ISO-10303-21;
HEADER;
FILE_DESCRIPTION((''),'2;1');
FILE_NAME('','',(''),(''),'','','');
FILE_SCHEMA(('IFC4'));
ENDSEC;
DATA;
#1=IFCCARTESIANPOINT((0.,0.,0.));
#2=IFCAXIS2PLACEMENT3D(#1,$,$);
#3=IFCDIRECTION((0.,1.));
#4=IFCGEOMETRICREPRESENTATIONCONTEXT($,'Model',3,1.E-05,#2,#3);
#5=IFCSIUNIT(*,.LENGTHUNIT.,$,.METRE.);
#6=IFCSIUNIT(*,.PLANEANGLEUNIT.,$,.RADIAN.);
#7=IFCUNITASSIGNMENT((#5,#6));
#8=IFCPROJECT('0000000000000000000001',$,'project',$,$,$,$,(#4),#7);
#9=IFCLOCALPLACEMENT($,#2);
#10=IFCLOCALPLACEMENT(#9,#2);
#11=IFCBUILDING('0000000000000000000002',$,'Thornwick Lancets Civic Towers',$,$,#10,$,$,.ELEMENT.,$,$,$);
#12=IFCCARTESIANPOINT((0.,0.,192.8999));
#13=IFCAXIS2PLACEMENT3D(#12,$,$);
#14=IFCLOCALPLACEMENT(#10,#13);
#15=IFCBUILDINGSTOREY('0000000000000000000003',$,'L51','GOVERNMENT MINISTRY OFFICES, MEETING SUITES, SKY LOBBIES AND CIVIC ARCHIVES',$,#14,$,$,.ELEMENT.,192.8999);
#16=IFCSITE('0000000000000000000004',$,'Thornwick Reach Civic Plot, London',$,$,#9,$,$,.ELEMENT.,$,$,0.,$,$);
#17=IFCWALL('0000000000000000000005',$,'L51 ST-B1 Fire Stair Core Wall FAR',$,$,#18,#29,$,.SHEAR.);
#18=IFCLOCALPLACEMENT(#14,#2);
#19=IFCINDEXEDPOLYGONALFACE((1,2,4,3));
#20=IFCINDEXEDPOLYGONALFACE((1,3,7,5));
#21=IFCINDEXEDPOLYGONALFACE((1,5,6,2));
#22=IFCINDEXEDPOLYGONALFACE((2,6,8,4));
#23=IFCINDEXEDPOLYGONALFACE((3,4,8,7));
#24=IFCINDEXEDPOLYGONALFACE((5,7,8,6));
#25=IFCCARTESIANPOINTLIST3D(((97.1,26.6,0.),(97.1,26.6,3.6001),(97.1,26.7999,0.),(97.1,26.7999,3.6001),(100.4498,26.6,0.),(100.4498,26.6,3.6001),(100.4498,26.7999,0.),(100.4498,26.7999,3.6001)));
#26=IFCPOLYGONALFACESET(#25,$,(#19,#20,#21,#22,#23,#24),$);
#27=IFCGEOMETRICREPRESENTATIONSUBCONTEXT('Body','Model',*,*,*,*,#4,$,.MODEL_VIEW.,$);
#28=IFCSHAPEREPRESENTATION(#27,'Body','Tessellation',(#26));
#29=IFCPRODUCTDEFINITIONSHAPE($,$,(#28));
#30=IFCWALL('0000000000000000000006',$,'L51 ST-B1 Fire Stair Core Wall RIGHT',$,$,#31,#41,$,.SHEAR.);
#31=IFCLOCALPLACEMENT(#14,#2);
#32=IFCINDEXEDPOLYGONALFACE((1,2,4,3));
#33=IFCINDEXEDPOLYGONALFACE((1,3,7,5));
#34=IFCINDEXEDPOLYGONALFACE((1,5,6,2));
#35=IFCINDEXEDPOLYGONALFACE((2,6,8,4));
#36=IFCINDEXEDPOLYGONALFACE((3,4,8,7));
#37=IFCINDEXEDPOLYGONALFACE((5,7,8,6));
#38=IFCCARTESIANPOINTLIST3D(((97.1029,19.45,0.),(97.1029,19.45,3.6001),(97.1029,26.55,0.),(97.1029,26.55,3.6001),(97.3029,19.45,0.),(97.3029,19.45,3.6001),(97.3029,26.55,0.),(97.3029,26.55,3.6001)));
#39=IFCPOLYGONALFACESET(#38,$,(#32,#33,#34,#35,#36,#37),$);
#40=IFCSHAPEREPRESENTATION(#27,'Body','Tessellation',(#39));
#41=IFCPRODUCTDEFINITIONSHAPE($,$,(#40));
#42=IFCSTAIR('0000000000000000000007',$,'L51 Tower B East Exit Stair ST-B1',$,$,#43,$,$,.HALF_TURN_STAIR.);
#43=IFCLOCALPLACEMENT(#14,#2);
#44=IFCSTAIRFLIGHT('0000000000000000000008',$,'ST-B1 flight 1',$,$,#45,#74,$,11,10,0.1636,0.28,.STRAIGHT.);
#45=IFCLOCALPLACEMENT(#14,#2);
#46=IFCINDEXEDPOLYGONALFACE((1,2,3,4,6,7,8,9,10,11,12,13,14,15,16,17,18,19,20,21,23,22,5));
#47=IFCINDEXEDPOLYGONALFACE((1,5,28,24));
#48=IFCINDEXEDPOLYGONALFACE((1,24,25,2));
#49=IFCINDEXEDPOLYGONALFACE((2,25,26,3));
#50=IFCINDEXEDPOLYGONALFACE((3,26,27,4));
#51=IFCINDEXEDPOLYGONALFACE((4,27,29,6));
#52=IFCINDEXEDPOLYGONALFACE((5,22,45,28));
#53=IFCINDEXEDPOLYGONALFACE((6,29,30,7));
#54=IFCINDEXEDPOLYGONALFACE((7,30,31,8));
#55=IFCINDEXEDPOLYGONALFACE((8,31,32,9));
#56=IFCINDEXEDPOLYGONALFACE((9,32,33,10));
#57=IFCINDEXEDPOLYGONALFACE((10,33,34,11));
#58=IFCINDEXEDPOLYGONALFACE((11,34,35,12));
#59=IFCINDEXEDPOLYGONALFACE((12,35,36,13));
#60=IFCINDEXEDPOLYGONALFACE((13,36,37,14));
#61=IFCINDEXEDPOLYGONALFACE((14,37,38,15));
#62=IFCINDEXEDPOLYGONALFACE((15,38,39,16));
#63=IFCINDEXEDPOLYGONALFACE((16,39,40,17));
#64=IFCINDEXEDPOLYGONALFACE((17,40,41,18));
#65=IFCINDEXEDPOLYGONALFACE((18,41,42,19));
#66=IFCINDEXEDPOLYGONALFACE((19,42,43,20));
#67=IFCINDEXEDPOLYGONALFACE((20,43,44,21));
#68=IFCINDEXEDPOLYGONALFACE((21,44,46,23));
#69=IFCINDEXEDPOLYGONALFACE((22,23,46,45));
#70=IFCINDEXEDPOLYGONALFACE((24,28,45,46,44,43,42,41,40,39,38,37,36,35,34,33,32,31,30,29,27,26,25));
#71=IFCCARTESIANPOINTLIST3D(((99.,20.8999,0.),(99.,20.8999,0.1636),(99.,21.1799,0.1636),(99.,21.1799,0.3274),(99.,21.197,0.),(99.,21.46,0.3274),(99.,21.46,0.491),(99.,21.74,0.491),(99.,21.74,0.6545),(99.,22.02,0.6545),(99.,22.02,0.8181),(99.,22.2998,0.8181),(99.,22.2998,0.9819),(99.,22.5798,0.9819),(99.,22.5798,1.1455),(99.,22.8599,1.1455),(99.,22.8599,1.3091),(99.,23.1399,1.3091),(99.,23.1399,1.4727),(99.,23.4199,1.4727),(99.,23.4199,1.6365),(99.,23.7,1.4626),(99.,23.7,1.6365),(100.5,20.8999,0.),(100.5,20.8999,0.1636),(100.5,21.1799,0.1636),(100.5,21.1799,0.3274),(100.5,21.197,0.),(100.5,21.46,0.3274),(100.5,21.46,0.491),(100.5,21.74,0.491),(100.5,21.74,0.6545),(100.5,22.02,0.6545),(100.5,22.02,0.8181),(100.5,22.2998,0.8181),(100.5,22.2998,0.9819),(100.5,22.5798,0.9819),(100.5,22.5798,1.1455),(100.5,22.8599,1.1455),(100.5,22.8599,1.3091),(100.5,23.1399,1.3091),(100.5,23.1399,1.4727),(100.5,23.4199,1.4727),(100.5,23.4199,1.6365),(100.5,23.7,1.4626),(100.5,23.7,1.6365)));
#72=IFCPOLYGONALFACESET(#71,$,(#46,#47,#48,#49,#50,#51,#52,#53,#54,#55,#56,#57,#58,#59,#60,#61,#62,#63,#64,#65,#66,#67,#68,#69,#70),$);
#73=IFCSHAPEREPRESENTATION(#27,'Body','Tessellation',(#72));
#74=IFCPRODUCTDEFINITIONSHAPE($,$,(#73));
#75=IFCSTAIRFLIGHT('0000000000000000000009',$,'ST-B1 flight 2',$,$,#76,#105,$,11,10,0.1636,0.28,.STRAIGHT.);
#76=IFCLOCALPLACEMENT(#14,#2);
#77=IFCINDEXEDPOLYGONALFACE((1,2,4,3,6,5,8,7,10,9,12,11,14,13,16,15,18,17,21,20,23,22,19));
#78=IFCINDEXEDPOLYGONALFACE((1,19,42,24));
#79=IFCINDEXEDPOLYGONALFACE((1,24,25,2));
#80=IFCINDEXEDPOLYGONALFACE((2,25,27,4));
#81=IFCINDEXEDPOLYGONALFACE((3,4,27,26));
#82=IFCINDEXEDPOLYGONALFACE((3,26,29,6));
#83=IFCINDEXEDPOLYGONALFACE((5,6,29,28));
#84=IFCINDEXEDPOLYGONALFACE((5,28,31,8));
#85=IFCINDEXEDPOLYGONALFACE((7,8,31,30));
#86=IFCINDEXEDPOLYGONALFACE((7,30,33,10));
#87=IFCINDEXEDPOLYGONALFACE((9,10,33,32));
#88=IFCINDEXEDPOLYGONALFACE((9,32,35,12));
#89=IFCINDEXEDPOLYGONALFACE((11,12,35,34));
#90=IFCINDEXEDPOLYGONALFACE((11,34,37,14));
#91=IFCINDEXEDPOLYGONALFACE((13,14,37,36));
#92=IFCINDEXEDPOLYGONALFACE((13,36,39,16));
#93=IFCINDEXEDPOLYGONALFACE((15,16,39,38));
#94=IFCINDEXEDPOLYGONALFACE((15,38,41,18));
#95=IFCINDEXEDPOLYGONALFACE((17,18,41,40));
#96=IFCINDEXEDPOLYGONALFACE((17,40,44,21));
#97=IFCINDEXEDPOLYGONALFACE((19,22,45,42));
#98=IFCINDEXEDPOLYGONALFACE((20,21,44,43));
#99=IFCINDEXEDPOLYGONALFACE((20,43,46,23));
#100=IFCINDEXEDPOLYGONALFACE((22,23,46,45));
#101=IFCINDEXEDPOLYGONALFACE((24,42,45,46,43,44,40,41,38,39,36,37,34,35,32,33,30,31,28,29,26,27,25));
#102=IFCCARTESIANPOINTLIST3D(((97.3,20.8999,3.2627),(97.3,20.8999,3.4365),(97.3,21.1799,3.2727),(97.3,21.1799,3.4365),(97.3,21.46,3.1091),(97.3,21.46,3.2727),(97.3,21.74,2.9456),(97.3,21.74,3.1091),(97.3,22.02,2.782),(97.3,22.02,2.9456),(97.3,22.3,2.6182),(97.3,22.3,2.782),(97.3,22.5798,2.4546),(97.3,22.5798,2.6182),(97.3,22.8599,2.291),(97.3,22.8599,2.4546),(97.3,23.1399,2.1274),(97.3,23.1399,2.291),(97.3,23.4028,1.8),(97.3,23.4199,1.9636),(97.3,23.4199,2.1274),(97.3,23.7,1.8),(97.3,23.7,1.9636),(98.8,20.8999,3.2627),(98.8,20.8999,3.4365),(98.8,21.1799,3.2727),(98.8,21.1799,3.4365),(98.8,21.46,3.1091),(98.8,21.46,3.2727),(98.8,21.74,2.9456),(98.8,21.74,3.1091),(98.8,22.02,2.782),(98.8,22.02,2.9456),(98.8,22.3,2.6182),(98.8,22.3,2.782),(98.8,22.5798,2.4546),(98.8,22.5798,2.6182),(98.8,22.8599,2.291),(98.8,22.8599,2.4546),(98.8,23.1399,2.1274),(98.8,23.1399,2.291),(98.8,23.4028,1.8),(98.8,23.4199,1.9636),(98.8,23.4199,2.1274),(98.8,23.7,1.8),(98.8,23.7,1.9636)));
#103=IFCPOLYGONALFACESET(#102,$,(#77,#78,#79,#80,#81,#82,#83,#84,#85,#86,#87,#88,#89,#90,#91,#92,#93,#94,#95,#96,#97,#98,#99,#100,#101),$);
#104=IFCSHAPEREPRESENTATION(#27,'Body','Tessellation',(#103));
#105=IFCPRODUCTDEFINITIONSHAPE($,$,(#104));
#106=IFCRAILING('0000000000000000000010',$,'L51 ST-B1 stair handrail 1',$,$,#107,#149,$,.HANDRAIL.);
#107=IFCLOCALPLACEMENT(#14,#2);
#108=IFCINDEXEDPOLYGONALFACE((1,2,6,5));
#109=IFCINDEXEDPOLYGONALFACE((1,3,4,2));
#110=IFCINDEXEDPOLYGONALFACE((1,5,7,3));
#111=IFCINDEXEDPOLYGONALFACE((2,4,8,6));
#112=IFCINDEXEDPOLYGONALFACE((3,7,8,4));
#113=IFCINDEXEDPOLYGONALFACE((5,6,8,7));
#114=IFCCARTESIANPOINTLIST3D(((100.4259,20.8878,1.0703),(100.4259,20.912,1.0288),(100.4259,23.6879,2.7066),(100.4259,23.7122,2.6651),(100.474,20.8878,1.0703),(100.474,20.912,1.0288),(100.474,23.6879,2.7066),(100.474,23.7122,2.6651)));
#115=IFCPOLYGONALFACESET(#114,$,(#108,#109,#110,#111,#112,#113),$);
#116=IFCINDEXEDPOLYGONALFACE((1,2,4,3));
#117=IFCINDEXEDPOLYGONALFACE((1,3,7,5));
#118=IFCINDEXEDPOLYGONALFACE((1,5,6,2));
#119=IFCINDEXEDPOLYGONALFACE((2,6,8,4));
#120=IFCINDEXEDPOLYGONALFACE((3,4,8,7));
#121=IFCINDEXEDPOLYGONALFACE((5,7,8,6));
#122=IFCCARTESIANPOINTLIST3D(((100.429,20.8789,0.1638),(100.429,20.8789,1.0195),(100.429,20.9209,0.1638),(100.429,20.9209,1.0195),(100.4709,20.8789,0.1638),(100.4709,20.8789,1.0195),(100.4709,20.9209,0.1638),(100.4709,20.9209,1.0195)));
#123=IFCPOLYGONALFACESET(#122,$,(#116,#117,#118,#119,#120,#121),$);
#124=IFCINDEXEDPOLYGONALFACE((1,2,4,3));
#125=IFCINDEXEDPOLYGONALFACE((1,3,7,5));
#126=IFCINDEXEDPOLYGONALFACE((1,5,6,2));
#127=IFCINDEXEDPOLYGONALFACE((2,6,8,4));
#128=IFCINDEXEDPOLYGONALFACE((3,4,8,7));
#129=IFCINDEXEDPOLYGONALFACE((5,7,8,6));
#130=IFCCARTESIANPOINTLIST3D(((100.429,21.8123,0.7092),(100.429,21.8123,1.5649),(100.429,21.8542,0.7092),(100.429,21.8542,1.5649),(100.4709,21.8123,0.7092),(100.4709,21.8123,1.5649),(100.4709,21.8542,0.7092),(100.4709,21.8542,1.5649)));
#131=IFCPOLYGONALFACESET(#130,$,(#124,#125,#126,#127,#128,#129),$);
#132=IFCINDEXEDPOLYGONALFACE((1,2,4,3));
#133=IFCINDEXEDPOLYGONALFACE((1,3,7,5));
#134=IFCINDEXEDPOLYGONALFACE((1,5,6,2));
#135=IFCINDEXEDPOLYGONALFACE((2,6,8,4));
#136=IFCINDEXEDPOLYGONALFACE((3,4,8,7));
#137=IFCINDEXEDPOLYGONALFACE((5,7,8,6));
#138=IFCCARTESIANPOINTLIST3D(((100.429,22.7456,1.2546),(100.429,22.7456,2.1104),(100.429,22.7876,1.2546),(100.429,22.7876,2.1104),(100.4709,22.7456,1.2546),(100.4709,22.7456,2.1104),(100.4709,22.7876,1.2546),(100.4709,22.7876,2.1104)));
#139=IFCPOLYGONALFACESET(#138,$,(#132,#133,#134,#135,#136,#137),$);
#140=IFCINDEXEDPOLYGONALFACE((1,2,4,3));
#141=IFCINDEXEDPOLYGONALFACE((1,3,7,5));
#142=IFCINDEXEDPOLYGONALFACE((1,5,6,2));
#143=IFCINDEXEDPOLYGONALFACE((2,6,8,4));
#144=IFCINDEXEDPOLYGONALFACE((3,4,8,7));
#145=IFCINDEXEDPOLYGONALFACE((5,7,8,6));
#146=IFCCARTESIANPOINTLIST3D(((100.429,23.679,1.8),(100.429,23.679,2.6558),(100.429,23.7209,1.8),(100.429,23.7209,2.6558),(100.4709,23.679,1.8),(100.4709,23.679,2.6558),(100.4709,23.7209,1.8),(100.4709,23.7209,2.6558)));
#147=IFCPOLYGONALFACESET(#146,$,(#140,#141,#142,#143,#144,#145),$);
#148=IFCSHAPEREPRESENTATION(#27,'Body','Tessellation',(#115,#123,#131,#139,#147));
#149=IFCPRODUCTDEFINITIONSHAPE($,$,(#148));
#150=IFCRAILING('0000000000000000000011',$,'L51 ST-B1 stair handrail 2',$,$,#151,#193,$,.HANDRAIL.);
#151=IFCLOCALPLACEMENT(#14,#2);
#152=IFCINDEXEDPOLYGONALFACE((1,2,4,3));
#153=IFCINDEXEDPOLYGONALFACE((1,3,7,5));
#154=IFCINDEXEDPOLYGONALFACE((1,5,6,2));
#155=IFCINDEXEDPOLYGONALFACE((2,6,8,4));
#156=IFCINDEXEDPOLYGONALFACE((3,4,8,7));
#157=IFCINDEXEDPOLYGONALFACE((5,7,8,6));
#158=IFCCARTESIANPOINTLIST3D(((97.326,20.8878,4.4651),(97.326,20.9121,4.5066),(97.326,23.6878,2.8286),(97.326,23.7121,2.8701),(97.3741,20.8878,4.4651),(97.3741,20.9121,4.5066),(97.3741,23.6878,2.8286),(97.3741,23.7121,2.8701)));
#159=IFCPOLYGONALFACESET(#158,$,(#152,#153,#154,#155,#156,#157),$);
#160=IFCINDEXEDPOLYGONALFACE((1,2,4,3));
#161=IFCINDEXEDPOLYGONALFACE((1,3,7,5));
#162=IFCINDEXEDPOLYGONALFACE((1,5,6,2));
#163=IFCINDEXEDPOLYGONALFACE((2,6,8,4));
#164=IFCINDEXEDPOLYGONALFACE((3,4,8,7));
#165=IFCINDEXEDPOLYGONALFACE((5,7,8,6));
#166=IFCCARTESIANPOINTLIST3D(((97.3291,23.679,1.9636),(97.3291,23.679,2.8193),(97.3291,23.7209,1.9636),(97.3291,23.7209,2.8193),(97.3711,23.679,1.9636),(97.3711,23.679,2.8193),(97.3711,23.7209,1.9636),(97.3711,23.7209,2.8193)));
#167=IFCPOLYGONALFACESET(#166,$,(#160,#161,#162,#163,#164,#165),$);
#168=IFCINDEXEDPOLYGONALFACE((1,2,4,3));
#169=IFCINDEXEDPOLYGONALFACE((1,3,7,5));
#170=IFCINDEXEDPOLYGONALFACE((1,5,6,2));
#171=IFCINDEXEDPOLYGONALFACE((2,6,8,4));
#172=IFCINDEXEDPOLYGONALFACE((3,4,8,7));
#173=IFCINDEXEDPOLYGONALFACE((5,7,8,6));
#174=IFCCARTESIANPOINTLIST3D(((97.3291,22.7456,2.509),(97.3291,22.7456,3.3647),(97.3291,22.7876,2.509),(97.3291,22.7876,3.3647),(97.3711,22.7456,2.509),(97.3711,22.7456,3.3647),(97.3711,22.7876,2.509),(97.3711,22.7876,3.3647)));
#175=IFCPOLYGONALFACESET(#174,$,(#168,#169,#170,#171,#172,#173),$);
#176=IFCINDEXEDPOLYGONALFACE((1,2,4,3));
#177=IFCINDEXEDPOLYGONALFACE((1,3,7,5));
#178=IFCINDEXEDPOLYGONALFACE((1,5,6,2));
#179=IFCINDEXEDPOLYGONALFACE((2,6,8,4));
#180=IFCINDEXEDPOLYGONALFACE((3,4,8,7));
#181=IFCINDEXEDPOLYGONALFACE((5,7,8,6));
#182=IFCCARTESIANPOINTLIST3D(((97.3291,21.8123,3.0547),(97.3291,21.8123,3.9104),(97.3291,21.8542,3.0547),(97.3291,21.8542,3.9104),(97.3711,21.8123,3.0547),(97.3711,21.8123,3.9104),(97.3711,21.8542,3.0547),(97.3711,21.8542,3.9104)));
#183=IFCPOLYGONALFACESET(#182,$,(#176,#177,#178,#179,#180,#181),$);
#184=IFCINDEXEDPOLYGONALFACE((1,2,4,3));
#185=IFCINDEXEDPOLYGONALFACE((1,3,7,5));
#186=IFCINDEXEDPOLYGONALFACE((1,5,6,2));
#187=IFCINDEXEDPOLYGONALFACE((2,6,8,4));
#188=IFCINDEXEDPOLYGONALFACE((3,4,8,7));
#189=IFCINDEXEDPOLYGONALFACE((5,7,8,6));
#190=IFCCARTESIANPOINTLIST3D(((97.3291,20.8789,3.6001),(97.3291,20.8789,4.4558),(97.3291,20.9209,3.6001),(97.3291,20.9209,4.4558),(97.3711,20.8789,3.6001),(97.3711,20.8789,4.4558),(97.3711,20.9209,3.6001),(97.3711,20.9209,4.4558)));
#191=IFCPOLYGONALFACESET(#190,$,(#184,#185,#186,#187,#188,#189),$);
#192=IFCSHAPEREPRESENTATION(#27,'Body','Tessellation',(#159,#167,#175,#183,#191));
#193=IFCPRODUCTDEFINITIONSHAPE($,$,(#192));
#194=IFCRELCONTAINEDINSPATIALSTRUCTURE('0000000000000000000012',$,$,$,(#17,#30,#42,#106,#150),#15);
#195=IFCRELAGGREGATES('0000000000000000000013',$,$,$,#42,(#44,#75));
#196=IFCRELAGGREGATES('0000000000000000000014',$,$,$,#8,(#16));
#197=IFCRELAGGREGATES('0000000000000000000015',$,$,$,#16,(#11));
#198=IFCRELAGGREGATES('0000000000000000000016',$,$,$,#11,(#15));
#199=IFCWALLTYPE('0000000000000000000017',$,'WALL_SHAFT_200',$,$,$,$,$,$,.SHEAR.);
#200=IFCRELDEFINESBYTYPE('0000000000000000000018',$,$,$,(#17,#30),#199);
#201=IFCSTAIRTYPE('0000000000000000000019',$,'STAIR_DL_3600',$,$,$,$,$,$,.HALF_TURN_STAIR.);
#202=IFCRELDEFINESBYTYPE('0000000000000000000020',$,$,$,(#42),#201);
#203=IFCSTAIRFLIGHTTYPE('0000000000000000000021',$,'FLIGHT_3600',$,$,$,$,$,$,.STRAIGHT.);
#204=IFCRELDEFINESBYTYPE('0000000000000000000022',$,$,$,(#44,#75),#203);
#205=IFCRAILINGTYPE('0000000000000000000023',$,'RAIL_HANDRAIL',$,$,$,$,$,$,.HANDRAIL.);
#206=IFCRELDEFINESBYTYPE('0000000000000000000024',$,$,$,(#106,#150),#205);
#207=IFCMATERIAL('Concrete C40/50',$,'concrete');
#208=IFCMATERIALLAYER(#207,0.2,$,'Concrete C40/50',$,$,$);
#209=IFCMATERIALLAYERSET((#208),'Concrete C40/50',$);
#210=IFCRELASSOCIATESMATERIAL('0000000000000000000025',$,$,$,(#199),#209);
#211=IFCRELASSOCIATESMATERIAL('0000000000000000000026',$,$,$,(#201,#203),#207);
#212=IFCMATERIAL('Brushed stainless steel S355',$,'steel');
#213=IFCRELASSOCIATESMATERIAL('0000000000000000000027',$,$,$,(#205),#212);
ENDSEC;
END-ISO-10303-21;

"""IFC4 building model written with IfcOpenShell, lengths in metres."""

from ifc_helpers import new_model, si_unit, direction, frame, frame_2d, origin, origin_2d, place, context, subcontext, project, spatial, polyline, rectangle, outline, extrude, material, layer, layer_set, type_object, element, aggregate, save


model = new_model("IFC4")

# Units and contexts
model_context = context("Model", 3, precision=1e-05, world=origin(), true_north=direction((0.0, 1.0)))
body_context = subcontext(model_context, "Body", "Model", "MODEL_VIEW")
ifc_project = project(units=[si_unit("LENGTHUNIT", "METRE"), si_unit("PLANEANGLEUNIT", "RADIAN")], contexts=[model_context])

# Site, building, storey
site_placement = place(None, origin())
site = spatial("IfcSite", under=ifc_project, at=site_placement, Name="Thornwick Reach Civic Plot, London", CompositionType="ELEMENT", RefElevation=0.0)
building_placement = place(site_placement, origin())
building = spatial("IfcBuilding", under=site, at=building_placement, Name="Thornwick Lancets Civic Towers", CompositionType="ELEMENT")
storey_placement = place(building_placement, frame((0.0, 0.0, 192.8999)))
storey = spatial("IfcBuildingStorey", under=building, at=storey_placement, Name="L51", Description="GOVERNMENT MINISTRY OFFICES, MEETING SUITES, SKY LOBBIES AND CIVIC ARCHIVES", CompositionType="ELEMENT", Elevation=192.8999)

# Shared definitions
ifc_material_1 = material(Name="Concrete C40/50", Category="concrete")

# Shared definitions
ifc_layer_1 = layer(ifc_material_1, 0.2, Name="Concrete C40/50")
ifc_layer_set_1 = layer_set([ifc_layer_1], Name="Concrete C40/50")
wall_type_1 = type_object("IfcWallType", Name="WALL_SHAFT_200", PredefinedType="SHEAR", material=ifc_layer_set_1)

# Walls
wall_1_placement = place(storey_placement, frame((97.1001, 26.7, 0.0), z_axis=(0.0, 0.0, 1.0), x_axis=(1.0, 0.0, 0.0)))
element("IfcWall", 1, at=wall_1_placement, inside=storey, type_object=wall_type_1, Name="L51 ST-B1 Fire Stair Core Wall FAR", PredefinedType="SHEAR", context=body_context, shape_type="SweptSolid", body=[
    extrude(rectangle(XDim=3.3499, YDim=0.2, at=frame_2d((1.6748, 0.0))), origin(), (0.0, 0.0, 1.0), 3.6001),
])
wall_2_placement = place(storey_placement, frame((97.2029, 26.55, 0.0), z_axis=(0.0, 0.0, 1.0), x_axis=(0.0, -1.0, 0.0)))
element("IfcWall", 2, at=wall_2_placement, inside=storey, type_object=wall_type_1, Name="L51 ST-B1 Fire Stair Core Wall RIGHT", PredefinedType="SHEAR", context=body_context, shape_type="SweptSolid", body=[
    extrude(rectangle(XDim=7.1001, YDim=0.2, at=frame_2d((3.55, 0.0))), origin(), (0.0, 0.0, 1.0), 3.6001),
])

# Stair, stair flights
stair_type = type_object("IfcStairType", Name="STAIR_DL_3600", PredefinedType="HALF_TURN_STAIR", material=ifc_material_1)
stair_placement = place(storey_placement, origin())
stair = element("IfcStair", 3, at=stair_placement, inside=storey, type_object=stair_type, Name="L51 Tower B East Exit Stair ST-B1", PredefinedType="HALF_TURN_STAIR")
stair_flight_type = type_object("IfcStairFlightType", Name="FLIGHT_3600", PredefinedType="STRAIGHT", material=ifc_material_1)
stair_flight_1_placement = place(storey_placement, frame((99.75, 20.8999, 0.0), z_axis=(0.0, 0.0, 1.0), x_axis=(0.0, 1.0, 0.0)))
stair_flight_1 = element("IfcStairFlight", 4, at=stair_flight_1_placement, type_object=stair_flight_type, Name="ST-B1 flight 1", NumberOfRisers=11, NumberOfTreads=10, PredefinedType="STRAIGHT", RiserHeight=0.1636, TreadLength=0.28, context=body_context, shape_type="SweptSolid", body=[
    extrude(outline(polyline([(0.0, 0.0), (0.0, 0.1636), (0.28, 0.1636), (0.28, 0.3274), (0.5601, 0.3274), (0.5601, 0.491), (0.8401, 0.491), (0.8401, 0.6545), (1.1201, 0.6545), (1.1201, 0.8181), (1.3999, 0.8181), (1.3999, 0.9819), (1.6799, 0.9819), (1.6799, 1.1455), (1.96, 1.1455), (1.96, 1.3091), (2.24, 1.3091), (2.24, 1.4727), (2.52, 1.4727), (2.52, 1.6365), (2.8, 1.6365), (2.8, 1.8), (2.8, 1.4626), (0.2971, 0.0), (0.0, 0.0)])), frame((0.0, 0.75, 0.0), z_axis=(0.0, -1.0, 0.0), x_axis=(1.0, 0.0, 0.0)), (0.0, 0.0, 1.0), 1.5),
])
stair_flight_2_placement = place(storey_placement, frame((98.05, 23.7, 1.8), z_axis=(0.0, 0.0, 1.0), x_axis=(0.0, -1.0, 0.0)))
stair_flight_2 = element("IfcStairFlight", 5, at=stair_flight_2_placement, type_object=stair_flight_type, Name="ST-B1 flight 2", NumberOfRisers=11, NumberOfTreads=10, PredefinedType="STRAIGHT", RiserHeight=0.1636, TreadLength=0.28, context=body_context, shape_type="SweptSolid", body=[
    extrude(outline(polyline([(0.0, 0.0), (0.0, 0.1636), (0.28, 0.1636), (0.28, 0.3274), (0.5601, 0.3274), (0.5601, 0.491), (0.8401, 0.491), (0.8401, 0.6545), (1.1201, 0.6545), (1.1201, 0.8181), (1.3999, 0.8181), (1.3999, 0.9819), (1.6799, 0.9819), (1.6799, 1.1455), (1.96, 1.1455), (1.96, 1.3091), (2.24, 1.3091), (2.24, 1.4727), (2.52, 1.4727), (2.52, 1.6365), (2.8, 1.6365), (2.8, 1.8), (2.8, 1.4626), (0.2971, 0.0), (0.0, 0.0)])), frame((0.0, 0.75, 0.0), z_axis=(0.0, -1.0, 0.0), x_axis=(1.0, 0.0, 0.0)), (0.0, 0.0, 1.0), 1.5),
])
aggregate(stair, [stair_flight_1, stair_flight_2])

# Railings
ifc_material_2 = material(Name="Brushed stainless steel S355", Category="steel")
railing_type_1 = type_object("IfcRailingType", Name="RAIL_HANDRAIL", PredefinedType="HANDRAIL", material=ifc_material_2)
railing_1_placement = place(storey_placement, frame((100.45, 20.8999, 0.1638)))
element("IfcRailing", 6, at=railing_1_placement, inside=storey, type_object=railing_type_1, Name="L51 ST-B1 stair handrail 1", PredefinedType="HANDRAIL", context=body_context, shape_type="SweptSolid", body=[
    extrude(rectangle(XDim=0.0481, YDim=0.0481, at=origin_2d()), frame((0.0, 0.0, 0.8857), z_axis=(0.0, 0.863394, 0.504531), x_axis=(-1.0, 0.0, 0.0)), (0.0, 0.0, 1.0), 3.2432),
    extrude(rectangle(XDim=0.042, YDim=0.042, at=origin_2d()), origin(), (0.0, 0.0, 1.0), 0.8557),
    extrude(rectangle(XDim=0.042, YDim=0.042, at=origin_2d()), frame((0.0, 0.9333, 0.5454)), (0.0, 0.0, 1.0), 0.8557),
    extrude(rectangle(XDim=0.042, YDim=0.042, at=origin_2d()), frame((0.0, 1.8667, 1.0908)), (0.0, 0.0, 1.0), 0.8557),
    extrude(rectangle(XDim=0.042, YDim=0.042, at=origin_2d()), frame((0.0, 2.8, 1.6362)), (0.0, 0.0, 1.0), 0.8557),
])
railing_2_placement = place(storey_placement, frame((97.3501, 23.7, 1.9636)))
element("IfcRailing", 7, at=railing_2_placement, inside=storey, type_object=railing_type_1, Name="L51 ST-B1 stair handrail 2", PredefinedType="HANDRAIL", context=body_context, shape_type="SweptSolid", body=[
    extrude(rectangle(XDim=0.0481, YDim=0.0481, at=origin_2d()), frame((0.0, 0.0, 0.8857), z_axis=(0.0, -0.863361, 0.504587), x_axis=(1.0, 0.0, 0.0)), (0.0, 0.0, 1.0), 3.2432),
    extrude(rectangle(XDim=0.042, YDim=0.042, at=origin_2d()), origin(), (0.0, 0.0, 1.0), 0.8557),
    extrude(rectangle(XDim=0.042, YDim=0.042, at=origin_2d()), frame((0.0, -0.9333, 0.5454)), (0.0, 0.0, 1.0), 0.8557),
    extrude(rectangle(XDim=0.042, YDim=0.042, at=origin_2d()), frame((0.0, -1.8667, 1.0911)), (0.0, 0.0, 1.0), 0.8557),
    extrude(rectangle(XDim=0.042, YDim=0.042, at=origin_2d()), frame((0.0, -2.8, 1.6365)), (0.0, 0.0, 1.0), 0.8557),
])

save(model, "model.ifc")
